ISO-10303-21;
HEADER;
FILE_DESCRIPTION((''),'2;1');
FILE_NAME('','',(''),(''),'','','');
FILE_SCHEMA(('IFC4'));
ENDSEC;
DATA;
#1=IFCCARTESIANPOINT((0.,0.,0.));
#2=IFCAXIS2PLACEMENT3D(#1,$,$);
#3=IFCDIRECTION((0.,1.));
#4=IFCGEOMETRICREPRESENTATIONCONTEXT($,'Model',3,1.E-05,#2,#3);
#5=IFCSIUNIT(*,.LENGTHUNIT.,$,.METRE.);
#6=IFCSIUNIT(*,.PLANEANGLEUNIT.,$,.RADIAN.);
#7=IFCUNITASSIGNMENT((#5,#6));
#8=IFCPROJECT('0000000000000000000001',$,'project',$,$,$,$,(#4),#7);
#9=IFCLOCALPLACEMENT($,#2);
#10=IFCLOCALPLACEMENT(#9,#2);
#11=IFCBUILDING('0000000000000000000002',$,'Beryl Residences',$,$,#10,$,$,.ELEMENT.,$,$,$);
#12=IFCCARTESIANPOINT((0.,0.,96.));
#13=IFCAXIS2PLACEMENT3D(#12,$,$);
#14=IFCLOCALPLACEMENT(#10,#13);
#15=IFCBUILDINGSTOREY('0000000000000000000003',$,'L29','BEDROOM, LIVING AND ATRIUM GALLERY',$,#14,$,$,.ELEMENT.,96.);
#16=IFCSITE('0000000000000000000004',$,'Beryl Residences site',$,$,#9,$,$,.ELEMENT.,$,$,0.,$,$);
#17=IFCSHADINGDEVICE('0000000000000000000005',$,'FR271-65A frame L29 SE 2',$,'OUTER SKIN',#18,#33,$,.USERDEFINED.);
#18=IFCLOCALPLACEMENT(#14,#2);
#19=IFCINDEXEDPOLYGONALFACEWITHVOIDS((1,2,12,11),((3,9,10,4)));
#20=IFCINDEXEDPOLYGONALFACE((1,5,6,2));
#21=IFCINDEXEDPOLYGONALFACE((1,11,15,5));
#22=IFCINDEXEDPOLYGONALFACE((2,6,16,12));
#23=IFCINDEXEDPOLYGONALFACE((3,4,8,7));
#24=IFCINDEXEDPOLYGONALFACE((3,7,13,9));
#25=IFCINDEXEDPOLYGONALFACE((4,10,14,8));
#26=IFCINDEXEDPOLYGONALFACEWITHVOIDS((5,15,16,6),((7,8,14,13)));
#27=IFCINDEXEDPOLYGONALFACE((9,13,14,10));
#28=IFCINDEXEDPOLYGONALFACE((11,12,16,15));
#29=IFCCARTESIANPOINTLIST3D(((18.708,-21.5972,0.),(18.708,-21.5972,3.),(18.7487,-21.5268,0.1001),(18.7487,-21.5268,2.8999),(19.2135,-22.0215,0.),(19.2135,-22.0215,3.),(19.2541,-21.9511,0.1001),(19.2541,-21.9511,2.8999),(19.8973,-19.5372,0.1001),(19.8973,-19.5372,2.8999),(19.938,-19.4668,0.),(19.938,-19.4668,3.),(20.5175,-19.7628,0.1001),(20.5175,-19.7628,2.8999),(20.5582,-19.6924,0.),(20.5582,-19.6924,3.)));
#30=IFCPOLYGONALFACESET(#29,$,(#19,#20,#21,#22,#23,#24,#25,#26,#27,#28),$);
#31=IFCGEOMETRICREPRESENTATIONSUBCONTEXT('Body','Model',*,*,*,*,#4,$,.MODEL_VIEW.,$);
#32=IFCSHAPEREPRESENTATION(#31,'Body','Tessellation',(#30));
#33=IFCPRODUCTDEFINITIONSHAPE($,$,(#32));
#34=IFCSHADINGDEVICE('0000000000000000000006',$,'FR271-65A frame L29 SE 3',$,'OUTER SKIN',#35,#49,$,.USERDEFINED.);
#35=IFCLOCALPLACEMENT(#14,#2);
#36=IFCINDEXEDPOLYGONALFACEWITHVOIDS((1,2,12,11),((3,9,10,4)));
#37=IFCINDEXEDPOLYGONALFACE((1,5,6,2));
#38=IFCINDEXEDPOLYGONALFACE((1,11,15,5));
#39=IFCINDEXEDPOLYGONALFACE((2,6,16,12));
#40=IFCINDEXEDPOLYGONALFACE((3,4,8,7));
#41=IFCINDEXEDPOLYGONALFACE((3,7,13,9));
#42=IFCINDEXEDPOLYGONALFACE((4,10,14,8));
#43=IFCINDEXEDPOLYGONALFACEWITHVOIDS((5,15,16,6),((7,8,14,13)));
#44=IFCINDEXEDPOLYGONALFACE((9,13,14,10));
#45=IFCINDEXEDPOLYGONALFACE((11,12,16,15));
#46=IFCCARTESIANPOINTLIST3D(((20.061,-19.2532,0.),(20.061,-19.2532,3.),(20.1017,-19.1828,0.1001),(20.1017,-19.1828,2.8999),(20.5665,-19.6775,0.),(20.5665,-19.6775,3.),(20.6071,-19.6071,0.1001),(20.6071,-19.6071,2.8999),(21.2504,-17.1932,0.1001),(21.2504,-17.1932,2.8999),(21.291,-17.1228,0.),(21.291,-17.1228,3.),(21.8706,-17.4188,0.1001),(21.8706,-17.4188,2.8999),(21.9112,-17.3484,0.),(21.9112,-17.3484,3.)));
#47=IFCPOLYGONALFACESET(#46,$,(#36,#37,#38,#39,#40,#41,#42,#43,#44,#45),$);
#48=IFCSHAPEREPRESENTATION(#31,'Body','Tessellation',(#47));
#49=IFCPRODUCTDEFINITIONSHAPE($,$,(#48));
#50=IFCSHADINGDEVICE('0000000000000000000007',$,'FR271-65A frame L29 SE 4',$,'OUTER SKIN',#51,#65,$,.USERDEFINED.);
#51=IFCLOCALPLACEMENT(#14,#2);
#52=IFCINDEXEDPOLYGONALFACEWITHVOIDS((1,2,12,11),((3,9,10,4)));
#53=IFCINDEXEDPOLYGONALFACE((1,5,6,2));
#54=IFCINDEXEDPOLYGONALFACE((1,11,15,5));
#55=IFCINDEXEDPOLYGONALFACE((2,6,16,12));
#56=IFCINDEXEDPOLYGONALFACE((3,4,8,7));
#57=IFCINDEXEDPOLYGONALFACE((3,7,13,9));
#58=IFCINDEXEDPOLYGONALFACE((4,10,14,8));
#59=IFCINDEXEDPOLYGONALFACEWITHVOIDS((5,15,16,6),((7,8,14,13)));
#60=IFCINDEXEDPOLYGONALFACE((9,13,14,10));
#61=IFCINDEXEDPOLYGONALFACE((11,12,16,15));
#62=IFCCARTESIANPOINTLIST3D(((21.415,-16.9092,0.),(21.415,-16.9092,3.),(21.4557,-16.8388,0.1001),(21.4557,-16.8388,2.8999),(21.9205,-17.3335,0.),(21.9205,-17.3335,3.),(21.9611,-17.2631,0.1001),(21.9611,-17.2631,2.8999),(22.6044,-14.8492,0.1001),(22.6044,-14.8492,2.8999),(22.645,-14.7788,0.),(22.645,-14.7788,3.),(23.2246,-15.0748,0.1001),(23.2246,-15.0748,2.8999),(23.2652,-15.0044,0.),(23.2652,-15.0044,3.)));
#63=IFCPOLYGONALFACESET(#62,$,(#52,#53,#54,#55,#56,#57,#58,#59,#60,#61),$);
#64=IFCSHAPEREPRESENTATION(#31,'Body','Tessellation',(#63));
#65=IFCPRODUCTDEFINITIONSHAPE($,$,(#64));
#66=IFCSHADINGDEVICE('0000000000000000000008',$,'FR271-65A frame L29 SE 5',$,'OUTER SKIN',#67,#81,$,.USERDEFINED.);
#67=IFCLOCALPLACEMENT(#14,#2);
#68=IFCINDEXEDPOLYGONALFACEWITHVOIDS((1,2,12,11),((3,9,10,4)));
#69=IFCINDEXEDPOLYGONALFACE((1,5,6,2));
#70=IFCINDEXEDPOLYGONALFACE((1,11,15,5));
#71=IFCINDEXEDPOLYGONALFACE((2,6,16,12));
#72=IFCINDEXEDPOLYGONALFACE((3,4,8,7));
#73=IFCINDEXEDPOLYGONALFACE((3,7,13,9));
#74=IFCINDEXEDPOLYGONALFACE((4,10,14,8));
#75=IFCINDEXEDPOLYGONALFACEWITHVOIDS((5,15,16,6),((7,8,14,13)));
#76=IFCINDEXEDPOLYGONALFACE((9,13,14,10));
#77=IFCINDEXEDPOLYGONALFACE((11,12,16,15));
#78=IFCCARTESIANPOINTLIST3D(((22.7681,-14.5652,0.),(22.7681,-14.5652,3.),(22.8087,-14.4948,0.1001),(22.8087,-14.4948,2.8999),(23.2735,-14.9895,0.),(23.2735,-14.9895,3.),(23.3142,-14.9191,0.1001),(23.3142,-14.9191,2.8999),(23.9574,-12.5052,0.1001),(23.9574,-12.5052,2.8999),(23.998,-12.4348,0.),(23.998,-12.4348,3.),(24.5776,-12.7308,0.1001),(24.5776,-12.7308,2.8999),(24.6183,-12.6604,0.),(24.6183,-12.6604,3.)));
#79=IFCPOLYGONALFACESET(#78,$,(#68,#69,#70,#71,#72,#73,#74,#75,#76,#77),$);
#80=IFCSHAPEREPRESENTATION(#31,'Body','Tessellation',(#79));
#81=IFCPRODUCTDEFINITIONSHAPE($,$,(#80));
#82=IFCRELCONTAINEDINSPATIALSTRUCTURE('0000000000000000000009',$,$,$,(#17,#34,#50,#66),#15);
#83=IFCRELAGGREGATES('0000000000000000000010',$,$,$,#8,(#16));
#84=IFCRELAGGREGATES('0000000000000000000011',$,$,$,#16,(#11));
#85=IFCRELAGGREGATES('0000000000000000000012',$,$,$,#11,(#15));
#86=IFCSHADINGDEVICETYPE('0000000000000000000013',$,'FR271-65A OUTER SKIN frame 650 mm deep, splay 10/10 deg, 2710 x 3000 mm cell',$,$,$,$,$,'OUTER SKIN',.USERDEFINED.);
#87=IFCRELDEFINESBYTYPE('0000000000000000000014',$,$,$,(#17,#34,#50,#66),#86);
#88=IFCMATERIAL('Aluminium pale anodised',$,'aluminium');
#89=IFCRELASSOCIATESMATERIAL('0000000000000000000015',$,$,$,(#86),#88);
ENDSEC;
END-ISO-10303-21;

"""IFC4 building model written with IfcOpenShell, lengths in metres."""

from ifc_helpers import new_model, entity, si_unit, direction, frame, origin, place, context, subcontext, project, spatial, source, transform, mapped, material, type_object, type_shapes, element, save


model = new_model("IFC4")

# Units and contexts
model_context = context("Model", 3, precision=1e-05, world=origin(), true_north=direction((0.0, 1.0)))
body_context = subcontext(model_context, "Body", "Model", "MODEL_VIEW")
ifc_project = project(units=[si_unit("LENGTHUNIT", "METRE"), si_unit("PLANEANGLEUNIT", "RADIAN")], contexts=[model_context])

# Site, building, storey
site_placement = place(None, origin())
site = spatial("IfcSite", under=ifc_project, at=site_placement, Name="Beryl Residences site", CompositionType="ELEMENT", RefElevation=0.0)
building_placement = place(site_placement, origin())
building = spatial("IfcBuilding", under=site, at=building_placement, Name="Beryl Residences", CompositionType="ELEMENT")
storey_placement = place(building_placement, frame((0.0, 0.0, 96.0)))
storey = spatial("IfcBuildingStorey", under=building, at=storey_placement, Name="L29", Description="BEDROOM, LIVING AND ATRIUM GALLERY", CompositionType="ELEMENT", Elevation=96.0)

# Shading devices
ifc_material_1 = material(Name="Aluminium pale anodised", Category="aluminium")
shading_device_type_1 = type_object("IfcShadingDeviceType", Name="FR271-65A OUTER SKIN frame 650 mm deep, splay 10/10 deg, 2710 x 3000 mm cell", ElementType="OUTER SKIN", PredefinedType="USERDEFINED", material=ifc_material_1)
cartesian_point_1 = entity("IfcCartesianPoint", [-1.23, 0.0])
cartesian_point_2 = entity("IfcCartesianPoint", [-1.1487, 0.1001])
cartesian_point_3 = entity("IfcCartesianPoint", [-1.3447, 0.0])
cartesian_point_4 = entity("IfcCartesianPoint", [-1.2634, 0.1001])
shared_shape_1 = source(origin(), body_context, "Body", "SweptSolid", [
    entity("IfcExtrudedAreaSolidTapered", entity("IfcArbitraryProfileDefWithVoids", "AREA", None, entity("IfcPolyline", [cartesian_point_1, entity("IfcCartesianPoint", [1.23, 0.0]), entity("IfcCartesianPoint", [1.23, 3.0]), entity("IfcCartesianPoint", [-1.23, 3.0]), cartesian_point_1]), [entity("IfcPolyline", [cartesian_point_2, entity("IfcCartesianPoint", [1.1487, 0.1001]), entity("IfcCartesianPoint", [1.1487, 2.8999]), entity("IfcCartesianPoint", [-1.1487, 2.8999]), cartesian_point_2])]), entity("IfcAxis2Placement3D", entity("IfcCartesianPoint", [0.0, 0.0, 0.0]), entity("IfcDirection", [0.0, 1.0, 0.0]), entity("IfcDirection", [-1.0, 0.0, 0.0])), entity("IfcDirection", [0.0, 0.0, 1.0]), 0.6499, entity("IfcArbitraryProfileDefWithVoids", "AREA", None, entity("IfcPolyline", [cartesian_point_3, entity("IfcCartesianPoint", [1.3447, 0.0]), entity("IfcCartesianPoint", [1.3447, 3.0]), entity("IfcCartesianPoint", [-1.3447, 3.0]), cartesian_point_3]), [entity("IfcPolyline", [cartesian_point_4, entity("IfcCartesianPoint", [1.2634, 0.1001]), entity("IfcCartesianPoint", [1.2634, 2.8999]), entity("IfcCartesianPoint", [-1.2634, 2.8999]), cartesian_point_4])])),
])
type_shapes(shading_device_type_1, [shared_shape_1])
for number, where, z_axis, x_axis, name in (
    (1, (19.323, -20.532, 0.0), (0.0, 0.0, 1.0), (-0.5, -0.866025, 0.0), "FR271-65A frame L29 SE 2"),
    (2, (20.676, -18.188, 0.0), (0.0, 0.0, 1.0), (-0.5, -0.866025, 0.0), "FR271-65A frame L29 SE 3"),
    (3, (22.03, -15.844, 0.0), (0.0, 0.0, 1.0), (-0.5, -0.866025, 0.0), "FR271-65A frame L29 SE 4"),
    (4, (23.3831, -13.5, 0.0), (0.0, 0.0, 1.0), (-0.5, -0.866025, 0.0), "FR271-65A frame L29 SE 5"),
):
    element("IfcShadingDevice", number, at=place(storey_placement, frame(where, z_axis=z_axis, x_axis=x_axis)), inside=storey, type_object=shading_device_type_1, Name=name, ObjectType="OUTER SKIN", PredefinedType="USERDEFINED", context=body_context, shape_type="MappedRepresentation", body=[
        mapped(shared_shape_1, transform((0.0, 0.0, 0.0))),
    ])

save(model, "model.ifc")
